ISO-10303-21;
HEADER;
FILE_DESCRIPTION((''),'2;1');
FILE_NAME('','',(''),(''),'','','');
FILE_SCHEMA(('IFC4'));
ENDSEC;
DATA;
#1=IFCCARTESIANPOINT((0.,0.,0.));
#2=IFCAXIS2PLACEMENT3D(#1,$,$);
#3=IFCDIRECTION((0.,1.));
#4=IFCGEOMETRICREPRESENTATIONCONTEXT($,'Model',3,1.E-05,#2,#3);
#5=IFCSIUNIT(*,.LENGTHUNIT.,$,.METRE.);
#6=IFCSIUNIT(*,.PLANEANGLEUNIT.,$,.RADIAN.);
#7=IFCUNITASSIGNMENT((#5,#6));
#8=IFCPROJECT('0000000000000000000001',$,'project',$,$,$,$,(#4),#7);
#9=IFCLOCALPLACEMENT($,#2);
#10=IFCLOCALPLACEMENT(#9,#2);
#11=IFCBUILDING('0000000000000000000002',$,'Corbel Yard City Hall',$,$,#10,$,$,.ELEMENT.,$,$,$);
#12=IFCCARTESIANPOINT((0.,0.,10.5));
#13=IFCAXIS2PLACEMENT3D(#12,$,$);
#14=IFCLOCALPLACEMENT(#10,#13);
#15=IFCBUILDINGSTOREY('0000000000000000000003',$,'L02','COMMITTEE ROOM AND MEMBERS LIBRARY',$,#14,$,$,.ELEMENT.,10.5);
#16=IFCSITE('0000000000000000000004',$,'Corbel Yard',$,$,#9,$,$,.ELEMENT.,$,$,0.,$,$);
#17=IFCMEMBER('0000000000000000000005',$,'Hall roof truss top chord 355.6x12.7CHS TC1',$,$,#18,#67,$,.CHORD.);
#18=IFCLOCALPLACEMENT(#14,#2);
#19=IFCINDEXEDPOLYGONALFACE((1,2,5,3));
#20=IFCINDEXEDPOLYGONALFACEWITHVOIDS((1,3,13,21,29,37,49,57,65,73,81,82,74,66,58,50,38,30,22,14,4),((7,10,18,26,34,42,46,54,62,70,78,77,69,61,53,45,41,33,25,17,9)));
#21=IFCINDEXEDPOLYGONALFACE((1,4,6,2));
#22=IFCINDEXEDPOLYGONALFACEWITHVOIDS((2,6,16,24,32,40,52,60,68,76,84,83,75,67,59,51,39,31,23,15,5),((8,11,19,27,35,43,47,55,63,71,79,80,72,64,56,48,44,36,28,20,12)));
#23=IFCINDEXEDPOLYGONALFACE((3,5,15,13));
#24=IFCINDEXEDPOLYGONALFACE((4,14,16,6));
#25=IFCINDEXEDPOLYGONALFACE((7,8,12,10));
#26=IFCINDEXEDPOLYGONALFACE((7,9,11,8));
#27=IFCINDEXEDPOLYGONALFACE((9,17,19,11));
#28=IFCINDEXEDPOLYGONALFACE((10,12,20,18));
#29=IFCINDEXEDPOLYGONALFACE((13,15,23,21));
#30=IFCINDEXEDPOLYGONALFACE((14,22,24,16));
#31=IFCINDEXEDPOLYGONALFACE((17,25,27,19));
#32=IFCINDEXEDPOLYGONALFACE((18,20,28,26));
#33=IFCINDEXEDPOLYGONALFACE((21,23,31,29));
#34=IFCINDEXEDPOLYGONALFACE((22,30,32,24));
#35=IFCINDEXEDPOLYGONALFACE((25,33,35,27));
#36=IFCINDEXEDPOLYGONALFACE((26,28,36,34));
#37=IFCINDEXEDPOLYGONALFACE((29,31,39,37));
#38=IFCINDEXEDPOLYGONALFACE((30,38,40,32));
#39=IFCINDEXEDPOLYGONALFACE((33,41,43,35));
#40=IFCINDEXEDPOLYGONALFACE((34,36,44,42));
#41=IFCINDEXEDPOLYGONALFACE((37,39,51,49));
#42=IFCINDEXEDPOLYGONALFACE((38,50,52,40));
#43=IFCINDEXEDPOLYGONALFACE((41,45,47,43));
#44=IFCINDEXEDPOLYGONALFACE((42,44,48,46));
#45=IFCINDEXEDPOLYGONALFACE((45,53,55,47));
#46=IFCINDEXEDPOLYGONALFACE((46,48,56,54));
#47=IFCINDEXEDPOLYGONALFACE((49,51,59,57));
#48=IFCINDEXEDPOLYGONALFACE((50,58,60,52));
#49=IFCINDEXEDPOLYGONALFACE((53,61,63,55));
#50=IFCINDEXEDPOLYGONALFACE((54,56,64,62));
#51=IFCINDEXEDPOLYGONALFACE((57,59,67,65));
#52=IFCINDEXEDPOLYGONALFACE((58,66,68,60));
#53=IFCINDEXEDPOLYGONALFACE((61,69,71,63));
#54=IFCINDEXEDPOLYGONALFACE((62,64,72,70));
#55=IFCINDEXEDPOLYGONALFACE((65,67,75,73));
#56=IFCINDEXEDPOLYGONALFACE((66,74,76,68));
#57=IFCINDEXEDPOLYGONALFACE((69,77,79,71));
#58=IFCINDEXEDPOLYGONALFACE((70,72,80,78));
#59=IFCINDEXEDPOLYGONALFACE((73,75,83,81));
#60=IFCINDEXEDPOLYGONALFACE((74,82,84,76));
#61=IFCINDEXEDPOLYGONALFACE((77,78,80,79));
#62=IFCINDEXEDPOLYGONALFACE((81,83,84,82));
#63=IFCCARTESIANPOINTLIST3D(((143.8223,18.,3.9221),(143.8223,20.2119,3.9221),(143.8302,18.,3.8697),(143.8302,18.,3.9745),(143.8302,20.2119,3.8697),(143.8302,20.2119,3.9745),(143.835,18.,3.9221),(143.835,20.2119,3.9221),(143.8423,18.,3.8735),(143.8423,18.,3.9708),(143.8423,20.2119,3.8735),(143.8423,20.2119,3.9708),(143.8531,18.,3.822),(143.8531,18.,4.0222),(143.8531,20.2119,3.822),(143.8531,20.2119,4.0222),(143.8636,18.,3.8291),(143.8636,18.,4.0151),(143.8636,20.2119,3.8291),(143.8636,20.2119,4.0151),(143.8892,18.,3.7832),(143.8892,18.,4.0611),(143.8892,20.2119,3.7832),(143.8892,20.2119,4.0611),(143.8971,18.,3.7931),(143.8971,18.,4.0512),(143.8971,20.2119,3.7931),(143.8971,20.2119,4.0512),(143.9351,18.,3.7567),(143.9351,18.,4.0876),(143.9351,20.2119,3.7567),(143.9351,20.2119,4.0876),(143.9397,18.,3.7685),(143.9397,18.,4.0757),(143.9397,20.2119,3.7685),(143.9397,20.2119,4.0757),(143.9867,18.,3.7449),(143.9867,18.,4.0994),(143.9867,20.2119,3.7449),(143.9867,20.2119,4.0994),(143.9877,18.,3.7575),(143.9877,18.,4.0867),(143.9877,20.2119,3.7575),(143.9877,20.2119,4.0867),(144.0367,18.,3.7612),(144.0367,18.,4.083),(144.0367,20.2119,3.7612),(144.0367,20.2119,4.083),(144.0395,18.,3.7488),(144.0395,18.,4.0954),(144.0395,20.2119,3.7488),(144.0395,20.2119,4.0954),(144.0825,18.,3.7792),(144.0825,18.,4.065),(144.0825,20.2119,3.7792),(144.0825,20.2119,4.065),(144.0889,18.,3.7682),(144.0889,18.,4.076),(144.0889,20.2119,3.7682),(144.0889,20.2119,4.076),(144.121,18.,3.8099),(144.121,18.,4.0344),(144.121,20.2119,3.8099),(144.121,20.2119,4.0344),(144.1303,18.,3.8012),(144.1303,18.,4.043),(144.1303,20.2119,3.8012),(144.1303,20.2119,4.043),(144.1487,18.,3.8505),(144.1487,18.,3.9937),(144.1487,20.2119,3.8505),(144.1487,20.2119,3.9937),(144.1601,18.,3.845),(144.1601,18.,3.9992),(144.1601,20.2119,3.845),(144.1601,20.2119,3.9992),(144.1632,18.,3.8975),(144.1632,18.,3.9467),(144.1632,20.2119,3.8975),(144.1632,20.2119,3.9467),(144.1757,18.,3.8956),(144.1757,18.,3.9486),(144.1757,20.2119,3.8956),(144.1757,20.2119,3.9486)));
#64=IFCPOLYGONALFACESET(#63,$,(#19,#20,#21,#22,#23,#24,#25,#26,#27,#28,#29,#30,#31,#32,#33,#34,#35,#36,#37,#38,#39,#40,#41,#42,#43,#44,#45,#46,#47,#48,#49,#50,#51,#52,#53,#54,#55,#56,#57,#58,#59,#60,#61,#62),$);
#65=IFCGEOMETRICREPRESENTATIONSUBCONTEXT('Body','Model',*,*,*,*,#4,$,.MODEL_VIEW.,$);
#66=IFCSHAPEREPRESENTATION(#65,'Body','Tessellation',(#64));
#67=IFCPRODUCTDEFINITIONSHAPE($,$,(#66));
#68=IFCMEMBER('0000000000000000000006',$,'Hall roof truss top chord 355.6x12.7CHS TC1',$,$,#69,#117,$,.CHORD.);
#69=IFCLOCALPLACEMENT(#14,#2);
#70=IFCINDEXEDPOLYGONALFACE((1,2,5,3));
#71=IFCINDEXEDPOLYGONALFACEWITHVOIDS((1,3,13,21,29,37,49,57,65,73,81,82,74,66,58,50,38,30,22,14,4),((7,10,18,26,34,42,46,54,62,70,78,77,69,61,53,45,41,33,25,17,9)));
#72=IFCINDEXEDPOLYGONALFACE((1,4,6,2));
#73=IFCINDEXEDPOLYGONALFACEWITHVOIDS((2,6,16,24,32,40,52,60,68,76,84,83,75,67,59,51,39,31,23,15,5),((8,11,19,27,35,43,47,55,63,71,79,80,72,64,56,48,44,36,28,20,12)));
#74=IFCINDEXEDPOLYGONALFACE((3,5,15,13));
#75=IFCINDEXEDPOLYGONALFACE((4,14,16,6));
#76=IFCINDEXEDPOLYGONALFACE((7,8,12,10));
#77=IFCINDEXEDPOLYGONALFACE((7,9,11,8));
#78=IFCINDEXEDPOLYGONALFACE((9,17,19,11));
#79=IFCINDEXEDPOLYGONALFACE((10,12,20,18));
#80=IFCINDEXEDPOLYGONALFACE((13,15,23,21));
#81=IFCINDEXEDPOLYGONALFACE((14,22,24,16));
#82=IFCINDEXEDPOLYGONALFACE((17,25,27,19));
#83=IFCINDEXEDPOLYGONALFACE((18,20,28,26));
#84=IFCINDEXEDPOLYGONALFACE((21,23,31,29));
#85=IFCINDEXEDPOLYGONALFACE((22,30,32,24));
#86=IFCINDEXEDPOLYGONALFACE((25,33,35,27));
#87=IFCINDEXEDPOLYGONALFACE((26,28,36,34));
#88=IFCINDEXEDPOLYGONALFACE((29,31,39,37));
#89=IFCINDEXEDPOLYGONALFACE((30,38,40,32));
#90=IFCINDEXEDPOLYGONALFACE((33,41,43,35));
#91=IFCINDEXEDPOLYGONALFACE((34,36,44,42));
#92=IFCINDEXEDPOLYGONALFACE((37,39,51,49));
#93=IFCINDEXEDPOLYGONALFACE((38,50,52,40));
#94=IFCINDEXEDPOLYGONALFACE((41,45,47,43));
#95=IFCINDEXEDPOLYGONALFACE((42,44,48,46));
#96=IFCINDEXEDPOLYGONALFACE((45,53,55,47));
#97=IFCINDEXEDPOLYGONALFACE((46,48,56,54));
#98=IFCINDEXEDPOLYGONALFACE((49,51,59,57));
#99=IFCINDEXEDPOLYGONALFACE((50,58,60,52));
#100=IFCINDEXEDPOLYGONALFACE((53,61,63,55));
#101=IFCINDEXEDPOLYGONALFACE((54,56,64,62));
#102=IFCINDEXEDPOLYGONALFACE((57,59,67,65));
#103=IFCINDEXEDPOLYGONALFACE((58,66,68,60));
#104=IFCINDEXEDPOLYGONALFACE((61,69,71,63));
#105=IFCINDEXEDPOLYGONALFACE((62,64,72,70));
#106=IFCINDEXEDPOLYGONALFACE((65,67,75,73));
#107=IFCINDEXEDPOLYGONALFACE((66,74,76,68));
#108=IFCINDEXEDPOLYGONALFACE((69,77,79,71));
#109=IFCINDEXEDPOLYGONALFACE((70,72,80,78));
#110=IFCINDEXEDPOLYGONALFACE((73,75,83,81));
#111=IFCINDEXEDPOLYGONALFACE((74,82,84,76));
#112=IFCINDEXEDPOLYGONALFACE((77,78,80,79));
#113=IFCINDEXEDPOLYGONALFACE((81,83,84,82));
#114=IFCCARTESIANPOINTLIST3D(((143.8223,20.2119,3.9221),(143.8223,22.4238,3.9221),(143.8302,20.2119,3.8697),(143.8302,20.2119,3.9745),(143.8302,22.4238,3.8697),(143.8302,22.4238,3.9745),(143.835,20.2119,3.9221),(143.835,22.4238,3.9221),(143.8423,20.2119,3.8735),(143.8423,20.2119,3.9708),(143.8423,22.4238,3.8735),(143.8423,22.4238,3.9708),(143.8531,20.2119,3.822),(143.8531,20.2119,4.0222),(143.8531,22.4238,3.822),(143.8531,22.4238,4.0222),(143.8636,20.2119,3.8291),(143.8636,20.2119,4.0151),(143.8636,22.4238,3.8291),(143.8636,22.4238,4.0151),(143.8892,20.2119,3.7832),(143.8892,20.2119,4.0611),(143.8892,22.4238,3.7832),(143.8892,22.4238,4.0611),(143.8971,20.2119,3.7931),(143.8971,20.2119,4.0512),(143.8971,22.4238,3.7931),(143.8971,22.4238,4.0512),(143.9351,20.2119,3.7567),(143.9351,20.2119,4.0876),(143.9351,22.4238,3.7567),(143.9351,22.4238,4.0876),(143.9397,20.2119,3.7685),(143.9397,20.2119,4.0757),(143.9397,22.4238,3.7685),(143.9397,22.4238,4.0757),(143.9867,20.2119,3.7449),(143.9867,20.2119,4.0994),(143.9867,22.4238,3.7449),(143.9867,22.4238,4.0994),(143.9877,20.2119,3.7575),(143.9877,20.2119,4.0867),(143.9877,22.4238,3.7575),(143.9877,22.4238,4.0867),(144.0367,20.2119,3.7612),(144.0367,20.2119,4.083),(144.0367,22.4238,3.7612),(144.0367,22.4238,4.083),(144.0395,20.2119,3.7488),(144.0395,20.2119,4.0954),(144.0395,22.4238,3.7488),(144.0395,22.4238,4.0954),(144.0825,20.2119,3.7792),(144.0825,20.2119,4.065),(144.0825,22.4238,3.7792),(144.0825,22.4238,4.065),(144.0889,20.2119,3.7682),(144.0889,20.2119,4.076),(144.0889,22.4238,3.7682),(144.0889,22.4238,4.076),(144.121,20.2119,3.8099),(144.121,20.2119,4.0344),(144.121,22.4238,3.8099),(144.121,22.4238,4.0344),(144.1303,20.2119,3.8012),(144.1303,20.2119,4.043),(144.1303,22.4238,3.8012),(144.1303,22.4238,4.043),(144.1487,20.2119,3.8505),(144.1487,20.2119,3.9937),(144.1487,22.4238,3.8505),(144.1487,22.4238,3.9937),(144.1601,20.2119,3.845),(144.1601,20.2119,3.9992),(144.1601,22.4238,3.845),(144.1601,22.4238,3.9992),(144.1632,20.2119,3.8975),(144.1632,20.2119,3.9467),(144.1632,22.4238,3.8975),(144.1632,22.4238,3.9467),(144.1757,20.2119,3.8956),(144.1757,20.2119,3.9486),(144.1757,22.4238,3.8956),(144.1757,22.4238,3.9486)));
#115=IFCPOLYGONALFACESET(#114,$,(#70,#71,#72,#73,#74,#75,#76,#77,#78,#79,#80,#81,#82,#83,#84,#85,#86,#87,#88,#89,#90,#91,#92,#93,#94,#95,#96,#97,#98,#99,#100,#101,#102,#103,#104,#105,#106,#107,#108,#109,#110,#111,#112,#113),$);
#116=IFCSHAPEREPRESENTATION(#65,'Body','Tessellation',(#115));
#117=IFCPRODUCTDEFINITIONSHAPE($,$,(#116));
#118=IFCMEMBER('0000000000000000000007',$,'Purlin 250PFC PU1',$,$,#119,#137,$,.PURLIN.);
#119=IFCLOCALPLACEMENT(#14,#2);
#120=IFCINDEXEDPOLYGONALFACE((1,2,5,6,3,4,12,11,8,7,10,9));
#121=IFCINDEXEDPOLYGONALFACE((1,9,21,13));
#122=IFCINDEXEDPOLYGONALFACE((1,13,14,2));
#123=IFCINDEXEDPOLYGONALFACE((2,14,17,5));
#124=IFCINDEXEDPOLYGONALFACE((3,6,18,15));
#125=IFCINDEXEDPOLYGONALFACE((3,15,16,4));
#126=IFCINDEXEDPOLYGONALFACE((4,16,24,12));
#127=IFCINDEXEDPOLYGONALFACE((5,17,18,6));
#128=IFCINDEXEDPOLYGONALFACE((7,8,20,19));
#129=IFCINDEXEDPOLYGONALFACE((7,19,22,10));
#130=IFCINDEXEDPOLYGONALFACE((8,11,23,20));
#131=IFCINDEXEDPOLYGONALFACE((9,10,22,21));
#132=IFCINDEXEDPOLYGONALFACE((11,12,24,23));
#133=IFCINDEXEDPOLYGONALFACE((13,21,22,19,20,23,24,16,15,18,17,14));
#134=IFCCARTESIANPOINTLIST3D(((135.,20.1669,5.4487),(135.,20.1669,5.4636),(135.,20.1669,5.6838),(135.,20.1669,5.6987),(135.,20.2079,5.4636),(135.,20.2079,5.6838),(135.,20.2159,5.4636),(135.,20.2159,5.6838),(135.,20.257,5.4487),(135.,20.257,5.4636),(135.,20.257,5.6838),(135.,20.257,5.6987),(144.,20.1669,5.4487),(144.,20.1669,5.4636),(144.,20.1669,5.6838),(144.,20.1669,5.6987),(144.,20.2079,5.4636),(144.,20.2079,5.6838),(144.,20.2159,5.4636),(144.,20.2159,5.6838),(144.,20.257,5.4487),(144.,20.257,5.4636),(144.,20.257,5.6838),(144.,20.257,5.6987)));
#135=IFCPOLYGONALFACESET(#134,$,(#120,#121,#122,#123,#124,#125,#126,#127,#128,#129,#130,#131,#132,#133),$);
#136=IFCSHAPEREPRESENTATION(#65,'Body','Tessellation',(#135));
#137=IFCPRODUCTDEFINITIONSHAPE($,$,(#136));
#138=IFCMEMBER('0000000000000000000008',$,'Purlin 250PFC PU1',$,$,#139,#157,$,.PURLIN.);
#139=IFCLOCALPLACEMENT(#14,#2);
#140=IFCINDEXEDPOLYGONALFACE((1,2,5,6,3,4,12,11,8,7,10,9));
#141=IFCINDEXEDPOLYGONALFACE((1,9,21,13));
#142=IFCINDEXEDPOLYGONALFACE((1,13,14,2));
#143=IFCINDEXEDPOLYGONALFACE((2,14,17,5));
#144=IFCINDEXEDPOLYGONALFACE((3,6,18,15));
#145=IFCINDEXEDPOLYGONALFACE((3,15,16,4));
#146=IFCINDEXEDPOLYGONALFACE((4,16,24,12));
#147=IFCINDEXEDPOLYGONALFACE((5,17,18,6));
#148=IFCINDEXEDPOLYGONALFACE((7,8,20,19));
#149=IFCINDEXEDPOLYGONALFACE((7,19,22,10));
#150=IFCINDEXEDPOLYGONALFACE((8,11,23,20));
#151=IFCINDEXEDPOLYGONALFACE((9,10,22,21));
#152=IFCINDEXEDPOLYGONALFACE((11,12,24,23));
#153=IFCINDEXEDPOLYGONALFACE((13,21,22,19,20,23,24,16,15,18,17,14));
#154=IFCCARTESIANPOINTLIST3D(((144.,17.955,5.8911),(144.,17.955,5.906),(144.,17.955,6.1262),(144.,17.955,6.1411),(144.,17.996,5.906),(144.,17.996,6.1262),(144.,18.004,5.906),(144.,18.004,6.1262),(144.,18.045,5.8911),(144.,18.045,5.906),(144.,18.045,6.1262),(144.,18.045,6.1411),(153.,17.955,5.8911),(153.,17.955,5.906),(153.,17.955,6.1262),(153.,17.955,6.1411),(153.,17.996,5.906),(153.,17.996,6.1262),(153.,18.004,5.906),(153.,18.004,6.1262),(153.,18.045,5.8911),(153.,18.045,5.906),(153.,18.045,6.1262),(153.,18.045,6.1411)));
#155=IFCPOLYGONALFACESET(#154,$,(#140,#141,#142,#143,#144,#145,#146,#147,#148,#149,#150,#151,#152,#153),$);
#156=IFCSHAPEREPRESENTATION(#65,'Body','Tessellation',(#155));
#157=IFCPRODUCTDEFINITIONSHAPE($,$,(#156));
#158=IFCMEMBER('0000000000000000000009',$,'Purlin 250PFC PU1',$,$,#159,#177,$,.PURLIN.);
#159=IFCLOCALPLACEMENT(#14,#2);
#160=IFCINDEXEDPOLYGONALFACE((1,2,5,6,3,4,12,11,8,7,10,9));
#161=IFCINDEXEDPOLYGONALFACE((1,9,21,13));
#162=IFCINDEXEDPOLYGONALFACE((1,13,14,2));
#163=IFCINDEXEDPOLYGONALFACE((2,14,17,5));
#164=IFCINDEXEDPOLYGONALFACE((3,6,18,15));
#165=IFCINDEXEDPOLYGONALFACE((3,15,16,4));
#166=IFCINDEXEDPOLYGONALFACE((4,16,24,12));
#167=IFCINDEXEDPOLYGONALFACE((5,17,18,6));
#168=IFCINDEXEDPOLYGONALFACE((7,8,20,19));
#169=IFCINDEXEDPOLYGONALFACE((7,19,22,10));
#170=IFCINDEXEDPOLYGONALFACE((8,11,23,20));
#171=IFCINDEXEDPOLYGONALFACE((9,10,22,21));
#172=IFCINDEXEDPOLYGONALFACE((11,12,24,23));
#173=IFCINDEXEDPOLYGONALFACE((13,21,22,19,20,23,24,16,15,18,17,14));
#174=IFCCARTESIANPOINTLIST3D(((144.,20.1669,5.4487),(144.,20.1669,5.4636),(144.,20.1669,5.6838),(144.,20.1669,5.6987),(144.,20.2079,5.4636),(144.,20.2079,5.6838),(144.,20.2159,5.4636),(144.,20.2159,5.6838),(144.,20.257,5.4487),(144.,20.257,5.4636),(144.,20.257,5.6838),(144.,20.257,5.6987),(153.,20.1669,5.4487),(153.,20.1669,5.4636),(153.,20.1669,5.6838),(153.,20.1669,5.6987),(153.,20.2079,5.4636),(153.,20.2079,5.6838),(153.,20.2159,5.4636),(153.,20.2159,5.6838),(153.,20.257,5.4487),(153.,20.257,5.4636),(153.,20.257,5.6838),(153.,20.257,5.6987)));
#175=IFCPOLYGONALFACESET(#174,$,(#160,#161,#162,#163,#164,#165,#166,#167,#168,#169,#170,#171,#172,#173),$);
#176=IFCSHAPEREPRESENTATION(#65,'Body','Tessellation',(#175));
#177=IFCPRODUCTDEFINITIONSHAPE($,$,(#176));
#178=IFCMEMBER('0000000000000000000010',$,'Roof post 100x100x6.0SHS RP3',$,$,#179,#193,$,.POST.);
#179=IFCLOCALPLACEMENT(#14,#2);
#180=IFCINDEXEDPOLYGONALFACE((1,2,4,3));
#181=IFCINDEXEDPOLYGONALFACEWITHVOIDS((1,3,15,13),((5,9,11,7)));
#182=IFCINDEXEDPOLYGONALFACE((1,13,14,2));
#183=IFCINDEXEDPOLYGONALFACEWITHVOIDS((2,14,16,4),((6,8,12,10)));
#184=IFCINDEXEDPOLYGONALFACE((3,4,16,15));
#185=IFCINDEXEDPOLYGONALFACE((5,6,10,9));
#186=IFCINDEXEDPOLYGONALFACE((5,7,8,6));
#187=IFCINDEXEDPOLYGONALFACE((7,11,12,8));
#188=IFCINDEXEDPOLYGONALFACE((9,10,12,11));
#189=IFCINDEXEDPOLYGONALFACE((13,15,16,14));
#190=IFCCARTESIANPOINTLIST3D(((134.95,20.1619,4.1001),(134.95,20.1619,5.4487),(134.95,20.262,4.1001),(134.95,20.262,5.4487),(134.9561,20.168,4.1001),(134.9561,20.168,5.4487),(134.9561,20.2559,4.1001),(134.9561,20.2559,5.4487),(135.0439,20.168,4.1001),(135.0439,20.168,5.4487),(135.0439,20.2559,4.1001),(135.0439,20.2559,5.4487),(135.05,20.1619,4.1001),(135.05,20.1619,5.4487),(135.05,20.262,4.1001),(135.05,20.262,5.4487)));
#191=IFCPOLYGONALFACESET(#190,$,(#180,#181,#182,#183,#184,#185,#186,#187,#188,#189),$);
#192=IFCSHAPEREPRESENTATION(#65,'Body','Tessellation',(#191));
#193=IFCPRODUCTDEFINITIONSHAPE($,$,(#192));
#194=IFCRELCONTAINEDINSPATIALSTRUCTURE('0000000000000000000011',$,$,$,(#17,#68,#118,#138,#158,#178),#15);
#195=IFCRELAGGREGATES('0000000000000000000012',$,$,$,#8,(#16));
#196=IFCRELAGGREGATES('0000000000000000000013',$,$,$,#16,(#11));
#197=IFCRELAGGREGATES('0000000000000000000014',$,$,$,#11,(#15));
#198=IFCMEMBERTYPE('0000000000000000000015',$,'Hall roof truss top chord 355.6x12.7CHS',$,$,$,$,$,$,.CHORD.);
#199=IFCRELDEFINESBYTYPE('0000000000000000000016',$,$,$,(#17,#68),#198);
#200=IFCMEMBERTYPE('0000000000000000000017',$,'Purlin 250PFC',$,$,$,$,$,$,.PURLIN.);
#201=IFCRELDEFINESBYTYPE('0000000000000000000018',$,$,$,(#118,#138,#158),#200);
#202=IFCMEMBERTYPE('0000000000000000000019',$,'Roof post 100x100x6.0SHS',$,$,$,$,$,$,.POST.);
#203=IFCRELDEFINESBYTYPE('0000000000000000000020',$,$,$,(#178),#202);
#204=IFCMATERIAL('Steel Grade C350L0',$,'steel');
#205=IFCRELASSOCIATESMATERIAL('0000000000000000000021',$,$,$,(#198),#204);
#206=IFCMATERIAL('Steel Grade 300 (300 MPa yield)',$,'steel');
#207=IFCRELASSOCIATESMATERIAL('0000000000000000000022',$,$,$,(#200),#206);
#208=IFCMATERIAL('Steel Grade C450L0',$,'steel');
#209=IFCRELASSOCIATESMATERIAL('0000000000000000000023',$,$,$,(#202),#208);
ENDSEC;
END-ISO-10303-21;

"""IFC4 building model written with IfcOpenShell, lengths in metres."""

from ifc_helpers import new_model, si_unit, direction, frame, origin, origin_2d, place, context, subcontext, project, spatial, hollow_rectangle, hollow_circle, i_section, extrude, material, material_profile, profile_set, type_object, element, save


model = new_model("IFC4")

# Units and contexts
model_context = context("Model", 3, precision=1e-05, world=origin(), true_north=direction((0.0, 1.0)))
body_context = subcontext(model_context, "Body", "Model", "MODEL_VIEW")
ifc_project = project(units=[si_unit("LENGTHUNIT", "METRE"), si_unit("PLANEANGLEUNIT", "RADIAN")], contexts=[model_context])

# Site, building, storey
site_placement = place(None, origin())
site = spatial("IfcSite", under=ifc_project, at=site_placement, Name="Corbel Yard", CompositionType="ELEMENT", RefElevation=0.0)
building_placement = place(site_placement, origin())
building = spatial("IfcBuilding", under=site, at=building_placement, Name="Corbel Yard City Hall", CompositionType="ELEMENT")
storey_placement = place(building_placement, frame((0.0, 0.0, 10.5)))
storey = spatial("IfcBuildingStorey", under=building, at=storey_placement, Name="L02", Description="COMMITTEE ROOM AND MEMBERS LIBRARY", CompositionType="ELEMENT", Elevation=10.5)

# Members
ifc_material_1 = material(Name="Steel Grade C350L0", Category="steel")
ifc_material_profile_1 = material_profile(ifc_material_1, hollow_circle(Radius=0.1777, WallThickness=0.0127, at=origin_2d()), Name="355.6x12.7CHS")
ifc_profile_set_1 = profile_set([ifc_material_profile_1], Name="Steel Grade C350L0")
member_type_1 = type_object("IfcMemberType", Name="Hall roof truss top chord 355.6x12.7CHS", PredefinedType="CHORD", material=ifc_profile_set_1)
for number, where, z_axis, x_axis, name in (
    (1, (144.0, 18.0, 3.9221), (0.0, 1.0, 0.0), (-1.0, 0.0, 0.0), "Hall roof truss top chord 355.6x12.7CHS TC1"),
    (2, (144.0, 20.2119, 3.9221), (0.0, 1.0, 0.0), (-1.0, 0.0, 0.0), "Hall roof truss top chord 355.6x12.7CHS TC1"),
):
    element("IfcMember", number, at=place(storey_placement, frame(where, z_axis=z_axis, x_axis=x_axis)), inside=storey, type_object=member_type_1, Name=name, PredefinedType="CHORD", context=body_context, shape_type="SweptSolid", body=[
        extrude(hollow_circle(Radius=0.1777, WallThickness=0.0127, at=origin_2d()), origin(), (0.0, 0.0, 1.0), 2.2119),
    ])
ifc_material_2 = material(Name="Steel Grade 300 (300 MPa yield)", Category="steel")
ifc_material_profile_2 = material_profile(ifc_material_2, i_section(OverallWidth=0.0901, OverallDepth=0.25, WebThickness=0.0081, FlangeThickness=0.0149, at=origin_2d()), Name="250PFC")
ifc_profile_set_2 = profile_set([ifc_material_profile_2], Name="Steel Grade 300 (300 MPa yield)")
member_type_2 = type_object("IfcMemberType", Name="Purlin 250PFC", PredefinedType="PURLIN", material=ifc_profile_set_2)
for number, where, z_axis, x_axis, name in (
    (3, (135.0, 20.2119, 5.5737), (1.0, 0.0, 0.0), (0.0, 1.0, 0.0), "Purlin 250PFC PU1"),
    (4, (144.0, 18.0, 6.0161), (1.0, 0.0, 0.0), (0.0, 1.0, 0.0), "Purlin 250PFC PU1"),
    (5, (144.0, 20.2119, 5.5737), (1.0, 0.0, 0.0), (0.0, 1.0, 0.0), "Purlin 250PFC PU1"),
):
    element("IfcMember", number, at=place(storey_placement, frame(where, z_axis=z_axis, x_axis=x_axis)), inside=storey, type_object=member_type_2, Name=name, PredefinedType="PURLIN", context=body_context, shape_type="SweptSolid", body=[
        extrude(i_section(OverallWidth=0.0901, OverallDepth=0.25, WebThickness=0.0081, FlangeThickness=0.0149, at=origin_2d()), origin(), (0.0, 0.0, 1.0), 9.0),
    ])
ifc_material_3 = material(Name="Steel Grade C450L0", Category="steel")
ifc_material_profile_3 = material_profile(ifc_material_3, hollow_rectangle(XDim=0.1001, YDim=0.1001, WallThickness=0.0061, at=origin_2d()), Name="100x100x6.0SHS")
ifc_profile_set_3 = profile_set([ifc_material_profile_3], Name="Steel Grade C450L0")
member_type_3 = type_object("IfcMemberType", Name="Roof post 100x100x6.0SHS", PredefinedType="POST", material=ifc_profile_set_3)
for number, where, z_axis, x_axis, name in (
    (6, (135.0, 20.2119, 4.1001), (0.0, 0.0, 1.0), (1.0, 0.0, 0.0), "Roof post 100x100x6.0SHS RP3"),
):
    element("IfcMember", number, at=place(storey_placement, frame(where, z_axis=z_axis, x_axis=x_axis)), inside=storey, type_object=member_type_3, Name=name, PredefinedType="POST", context=body_context, shape_type="SweptSolid", body=[
        extrude(hollow_rectangle(XDim=0.1001, YDim=0.1001, WallThickness=0.0061, at=origin_2d()), origin(), (0.0, 0.0, 1.0), 1.3486),
    ])

save(model, "model.ifc")
